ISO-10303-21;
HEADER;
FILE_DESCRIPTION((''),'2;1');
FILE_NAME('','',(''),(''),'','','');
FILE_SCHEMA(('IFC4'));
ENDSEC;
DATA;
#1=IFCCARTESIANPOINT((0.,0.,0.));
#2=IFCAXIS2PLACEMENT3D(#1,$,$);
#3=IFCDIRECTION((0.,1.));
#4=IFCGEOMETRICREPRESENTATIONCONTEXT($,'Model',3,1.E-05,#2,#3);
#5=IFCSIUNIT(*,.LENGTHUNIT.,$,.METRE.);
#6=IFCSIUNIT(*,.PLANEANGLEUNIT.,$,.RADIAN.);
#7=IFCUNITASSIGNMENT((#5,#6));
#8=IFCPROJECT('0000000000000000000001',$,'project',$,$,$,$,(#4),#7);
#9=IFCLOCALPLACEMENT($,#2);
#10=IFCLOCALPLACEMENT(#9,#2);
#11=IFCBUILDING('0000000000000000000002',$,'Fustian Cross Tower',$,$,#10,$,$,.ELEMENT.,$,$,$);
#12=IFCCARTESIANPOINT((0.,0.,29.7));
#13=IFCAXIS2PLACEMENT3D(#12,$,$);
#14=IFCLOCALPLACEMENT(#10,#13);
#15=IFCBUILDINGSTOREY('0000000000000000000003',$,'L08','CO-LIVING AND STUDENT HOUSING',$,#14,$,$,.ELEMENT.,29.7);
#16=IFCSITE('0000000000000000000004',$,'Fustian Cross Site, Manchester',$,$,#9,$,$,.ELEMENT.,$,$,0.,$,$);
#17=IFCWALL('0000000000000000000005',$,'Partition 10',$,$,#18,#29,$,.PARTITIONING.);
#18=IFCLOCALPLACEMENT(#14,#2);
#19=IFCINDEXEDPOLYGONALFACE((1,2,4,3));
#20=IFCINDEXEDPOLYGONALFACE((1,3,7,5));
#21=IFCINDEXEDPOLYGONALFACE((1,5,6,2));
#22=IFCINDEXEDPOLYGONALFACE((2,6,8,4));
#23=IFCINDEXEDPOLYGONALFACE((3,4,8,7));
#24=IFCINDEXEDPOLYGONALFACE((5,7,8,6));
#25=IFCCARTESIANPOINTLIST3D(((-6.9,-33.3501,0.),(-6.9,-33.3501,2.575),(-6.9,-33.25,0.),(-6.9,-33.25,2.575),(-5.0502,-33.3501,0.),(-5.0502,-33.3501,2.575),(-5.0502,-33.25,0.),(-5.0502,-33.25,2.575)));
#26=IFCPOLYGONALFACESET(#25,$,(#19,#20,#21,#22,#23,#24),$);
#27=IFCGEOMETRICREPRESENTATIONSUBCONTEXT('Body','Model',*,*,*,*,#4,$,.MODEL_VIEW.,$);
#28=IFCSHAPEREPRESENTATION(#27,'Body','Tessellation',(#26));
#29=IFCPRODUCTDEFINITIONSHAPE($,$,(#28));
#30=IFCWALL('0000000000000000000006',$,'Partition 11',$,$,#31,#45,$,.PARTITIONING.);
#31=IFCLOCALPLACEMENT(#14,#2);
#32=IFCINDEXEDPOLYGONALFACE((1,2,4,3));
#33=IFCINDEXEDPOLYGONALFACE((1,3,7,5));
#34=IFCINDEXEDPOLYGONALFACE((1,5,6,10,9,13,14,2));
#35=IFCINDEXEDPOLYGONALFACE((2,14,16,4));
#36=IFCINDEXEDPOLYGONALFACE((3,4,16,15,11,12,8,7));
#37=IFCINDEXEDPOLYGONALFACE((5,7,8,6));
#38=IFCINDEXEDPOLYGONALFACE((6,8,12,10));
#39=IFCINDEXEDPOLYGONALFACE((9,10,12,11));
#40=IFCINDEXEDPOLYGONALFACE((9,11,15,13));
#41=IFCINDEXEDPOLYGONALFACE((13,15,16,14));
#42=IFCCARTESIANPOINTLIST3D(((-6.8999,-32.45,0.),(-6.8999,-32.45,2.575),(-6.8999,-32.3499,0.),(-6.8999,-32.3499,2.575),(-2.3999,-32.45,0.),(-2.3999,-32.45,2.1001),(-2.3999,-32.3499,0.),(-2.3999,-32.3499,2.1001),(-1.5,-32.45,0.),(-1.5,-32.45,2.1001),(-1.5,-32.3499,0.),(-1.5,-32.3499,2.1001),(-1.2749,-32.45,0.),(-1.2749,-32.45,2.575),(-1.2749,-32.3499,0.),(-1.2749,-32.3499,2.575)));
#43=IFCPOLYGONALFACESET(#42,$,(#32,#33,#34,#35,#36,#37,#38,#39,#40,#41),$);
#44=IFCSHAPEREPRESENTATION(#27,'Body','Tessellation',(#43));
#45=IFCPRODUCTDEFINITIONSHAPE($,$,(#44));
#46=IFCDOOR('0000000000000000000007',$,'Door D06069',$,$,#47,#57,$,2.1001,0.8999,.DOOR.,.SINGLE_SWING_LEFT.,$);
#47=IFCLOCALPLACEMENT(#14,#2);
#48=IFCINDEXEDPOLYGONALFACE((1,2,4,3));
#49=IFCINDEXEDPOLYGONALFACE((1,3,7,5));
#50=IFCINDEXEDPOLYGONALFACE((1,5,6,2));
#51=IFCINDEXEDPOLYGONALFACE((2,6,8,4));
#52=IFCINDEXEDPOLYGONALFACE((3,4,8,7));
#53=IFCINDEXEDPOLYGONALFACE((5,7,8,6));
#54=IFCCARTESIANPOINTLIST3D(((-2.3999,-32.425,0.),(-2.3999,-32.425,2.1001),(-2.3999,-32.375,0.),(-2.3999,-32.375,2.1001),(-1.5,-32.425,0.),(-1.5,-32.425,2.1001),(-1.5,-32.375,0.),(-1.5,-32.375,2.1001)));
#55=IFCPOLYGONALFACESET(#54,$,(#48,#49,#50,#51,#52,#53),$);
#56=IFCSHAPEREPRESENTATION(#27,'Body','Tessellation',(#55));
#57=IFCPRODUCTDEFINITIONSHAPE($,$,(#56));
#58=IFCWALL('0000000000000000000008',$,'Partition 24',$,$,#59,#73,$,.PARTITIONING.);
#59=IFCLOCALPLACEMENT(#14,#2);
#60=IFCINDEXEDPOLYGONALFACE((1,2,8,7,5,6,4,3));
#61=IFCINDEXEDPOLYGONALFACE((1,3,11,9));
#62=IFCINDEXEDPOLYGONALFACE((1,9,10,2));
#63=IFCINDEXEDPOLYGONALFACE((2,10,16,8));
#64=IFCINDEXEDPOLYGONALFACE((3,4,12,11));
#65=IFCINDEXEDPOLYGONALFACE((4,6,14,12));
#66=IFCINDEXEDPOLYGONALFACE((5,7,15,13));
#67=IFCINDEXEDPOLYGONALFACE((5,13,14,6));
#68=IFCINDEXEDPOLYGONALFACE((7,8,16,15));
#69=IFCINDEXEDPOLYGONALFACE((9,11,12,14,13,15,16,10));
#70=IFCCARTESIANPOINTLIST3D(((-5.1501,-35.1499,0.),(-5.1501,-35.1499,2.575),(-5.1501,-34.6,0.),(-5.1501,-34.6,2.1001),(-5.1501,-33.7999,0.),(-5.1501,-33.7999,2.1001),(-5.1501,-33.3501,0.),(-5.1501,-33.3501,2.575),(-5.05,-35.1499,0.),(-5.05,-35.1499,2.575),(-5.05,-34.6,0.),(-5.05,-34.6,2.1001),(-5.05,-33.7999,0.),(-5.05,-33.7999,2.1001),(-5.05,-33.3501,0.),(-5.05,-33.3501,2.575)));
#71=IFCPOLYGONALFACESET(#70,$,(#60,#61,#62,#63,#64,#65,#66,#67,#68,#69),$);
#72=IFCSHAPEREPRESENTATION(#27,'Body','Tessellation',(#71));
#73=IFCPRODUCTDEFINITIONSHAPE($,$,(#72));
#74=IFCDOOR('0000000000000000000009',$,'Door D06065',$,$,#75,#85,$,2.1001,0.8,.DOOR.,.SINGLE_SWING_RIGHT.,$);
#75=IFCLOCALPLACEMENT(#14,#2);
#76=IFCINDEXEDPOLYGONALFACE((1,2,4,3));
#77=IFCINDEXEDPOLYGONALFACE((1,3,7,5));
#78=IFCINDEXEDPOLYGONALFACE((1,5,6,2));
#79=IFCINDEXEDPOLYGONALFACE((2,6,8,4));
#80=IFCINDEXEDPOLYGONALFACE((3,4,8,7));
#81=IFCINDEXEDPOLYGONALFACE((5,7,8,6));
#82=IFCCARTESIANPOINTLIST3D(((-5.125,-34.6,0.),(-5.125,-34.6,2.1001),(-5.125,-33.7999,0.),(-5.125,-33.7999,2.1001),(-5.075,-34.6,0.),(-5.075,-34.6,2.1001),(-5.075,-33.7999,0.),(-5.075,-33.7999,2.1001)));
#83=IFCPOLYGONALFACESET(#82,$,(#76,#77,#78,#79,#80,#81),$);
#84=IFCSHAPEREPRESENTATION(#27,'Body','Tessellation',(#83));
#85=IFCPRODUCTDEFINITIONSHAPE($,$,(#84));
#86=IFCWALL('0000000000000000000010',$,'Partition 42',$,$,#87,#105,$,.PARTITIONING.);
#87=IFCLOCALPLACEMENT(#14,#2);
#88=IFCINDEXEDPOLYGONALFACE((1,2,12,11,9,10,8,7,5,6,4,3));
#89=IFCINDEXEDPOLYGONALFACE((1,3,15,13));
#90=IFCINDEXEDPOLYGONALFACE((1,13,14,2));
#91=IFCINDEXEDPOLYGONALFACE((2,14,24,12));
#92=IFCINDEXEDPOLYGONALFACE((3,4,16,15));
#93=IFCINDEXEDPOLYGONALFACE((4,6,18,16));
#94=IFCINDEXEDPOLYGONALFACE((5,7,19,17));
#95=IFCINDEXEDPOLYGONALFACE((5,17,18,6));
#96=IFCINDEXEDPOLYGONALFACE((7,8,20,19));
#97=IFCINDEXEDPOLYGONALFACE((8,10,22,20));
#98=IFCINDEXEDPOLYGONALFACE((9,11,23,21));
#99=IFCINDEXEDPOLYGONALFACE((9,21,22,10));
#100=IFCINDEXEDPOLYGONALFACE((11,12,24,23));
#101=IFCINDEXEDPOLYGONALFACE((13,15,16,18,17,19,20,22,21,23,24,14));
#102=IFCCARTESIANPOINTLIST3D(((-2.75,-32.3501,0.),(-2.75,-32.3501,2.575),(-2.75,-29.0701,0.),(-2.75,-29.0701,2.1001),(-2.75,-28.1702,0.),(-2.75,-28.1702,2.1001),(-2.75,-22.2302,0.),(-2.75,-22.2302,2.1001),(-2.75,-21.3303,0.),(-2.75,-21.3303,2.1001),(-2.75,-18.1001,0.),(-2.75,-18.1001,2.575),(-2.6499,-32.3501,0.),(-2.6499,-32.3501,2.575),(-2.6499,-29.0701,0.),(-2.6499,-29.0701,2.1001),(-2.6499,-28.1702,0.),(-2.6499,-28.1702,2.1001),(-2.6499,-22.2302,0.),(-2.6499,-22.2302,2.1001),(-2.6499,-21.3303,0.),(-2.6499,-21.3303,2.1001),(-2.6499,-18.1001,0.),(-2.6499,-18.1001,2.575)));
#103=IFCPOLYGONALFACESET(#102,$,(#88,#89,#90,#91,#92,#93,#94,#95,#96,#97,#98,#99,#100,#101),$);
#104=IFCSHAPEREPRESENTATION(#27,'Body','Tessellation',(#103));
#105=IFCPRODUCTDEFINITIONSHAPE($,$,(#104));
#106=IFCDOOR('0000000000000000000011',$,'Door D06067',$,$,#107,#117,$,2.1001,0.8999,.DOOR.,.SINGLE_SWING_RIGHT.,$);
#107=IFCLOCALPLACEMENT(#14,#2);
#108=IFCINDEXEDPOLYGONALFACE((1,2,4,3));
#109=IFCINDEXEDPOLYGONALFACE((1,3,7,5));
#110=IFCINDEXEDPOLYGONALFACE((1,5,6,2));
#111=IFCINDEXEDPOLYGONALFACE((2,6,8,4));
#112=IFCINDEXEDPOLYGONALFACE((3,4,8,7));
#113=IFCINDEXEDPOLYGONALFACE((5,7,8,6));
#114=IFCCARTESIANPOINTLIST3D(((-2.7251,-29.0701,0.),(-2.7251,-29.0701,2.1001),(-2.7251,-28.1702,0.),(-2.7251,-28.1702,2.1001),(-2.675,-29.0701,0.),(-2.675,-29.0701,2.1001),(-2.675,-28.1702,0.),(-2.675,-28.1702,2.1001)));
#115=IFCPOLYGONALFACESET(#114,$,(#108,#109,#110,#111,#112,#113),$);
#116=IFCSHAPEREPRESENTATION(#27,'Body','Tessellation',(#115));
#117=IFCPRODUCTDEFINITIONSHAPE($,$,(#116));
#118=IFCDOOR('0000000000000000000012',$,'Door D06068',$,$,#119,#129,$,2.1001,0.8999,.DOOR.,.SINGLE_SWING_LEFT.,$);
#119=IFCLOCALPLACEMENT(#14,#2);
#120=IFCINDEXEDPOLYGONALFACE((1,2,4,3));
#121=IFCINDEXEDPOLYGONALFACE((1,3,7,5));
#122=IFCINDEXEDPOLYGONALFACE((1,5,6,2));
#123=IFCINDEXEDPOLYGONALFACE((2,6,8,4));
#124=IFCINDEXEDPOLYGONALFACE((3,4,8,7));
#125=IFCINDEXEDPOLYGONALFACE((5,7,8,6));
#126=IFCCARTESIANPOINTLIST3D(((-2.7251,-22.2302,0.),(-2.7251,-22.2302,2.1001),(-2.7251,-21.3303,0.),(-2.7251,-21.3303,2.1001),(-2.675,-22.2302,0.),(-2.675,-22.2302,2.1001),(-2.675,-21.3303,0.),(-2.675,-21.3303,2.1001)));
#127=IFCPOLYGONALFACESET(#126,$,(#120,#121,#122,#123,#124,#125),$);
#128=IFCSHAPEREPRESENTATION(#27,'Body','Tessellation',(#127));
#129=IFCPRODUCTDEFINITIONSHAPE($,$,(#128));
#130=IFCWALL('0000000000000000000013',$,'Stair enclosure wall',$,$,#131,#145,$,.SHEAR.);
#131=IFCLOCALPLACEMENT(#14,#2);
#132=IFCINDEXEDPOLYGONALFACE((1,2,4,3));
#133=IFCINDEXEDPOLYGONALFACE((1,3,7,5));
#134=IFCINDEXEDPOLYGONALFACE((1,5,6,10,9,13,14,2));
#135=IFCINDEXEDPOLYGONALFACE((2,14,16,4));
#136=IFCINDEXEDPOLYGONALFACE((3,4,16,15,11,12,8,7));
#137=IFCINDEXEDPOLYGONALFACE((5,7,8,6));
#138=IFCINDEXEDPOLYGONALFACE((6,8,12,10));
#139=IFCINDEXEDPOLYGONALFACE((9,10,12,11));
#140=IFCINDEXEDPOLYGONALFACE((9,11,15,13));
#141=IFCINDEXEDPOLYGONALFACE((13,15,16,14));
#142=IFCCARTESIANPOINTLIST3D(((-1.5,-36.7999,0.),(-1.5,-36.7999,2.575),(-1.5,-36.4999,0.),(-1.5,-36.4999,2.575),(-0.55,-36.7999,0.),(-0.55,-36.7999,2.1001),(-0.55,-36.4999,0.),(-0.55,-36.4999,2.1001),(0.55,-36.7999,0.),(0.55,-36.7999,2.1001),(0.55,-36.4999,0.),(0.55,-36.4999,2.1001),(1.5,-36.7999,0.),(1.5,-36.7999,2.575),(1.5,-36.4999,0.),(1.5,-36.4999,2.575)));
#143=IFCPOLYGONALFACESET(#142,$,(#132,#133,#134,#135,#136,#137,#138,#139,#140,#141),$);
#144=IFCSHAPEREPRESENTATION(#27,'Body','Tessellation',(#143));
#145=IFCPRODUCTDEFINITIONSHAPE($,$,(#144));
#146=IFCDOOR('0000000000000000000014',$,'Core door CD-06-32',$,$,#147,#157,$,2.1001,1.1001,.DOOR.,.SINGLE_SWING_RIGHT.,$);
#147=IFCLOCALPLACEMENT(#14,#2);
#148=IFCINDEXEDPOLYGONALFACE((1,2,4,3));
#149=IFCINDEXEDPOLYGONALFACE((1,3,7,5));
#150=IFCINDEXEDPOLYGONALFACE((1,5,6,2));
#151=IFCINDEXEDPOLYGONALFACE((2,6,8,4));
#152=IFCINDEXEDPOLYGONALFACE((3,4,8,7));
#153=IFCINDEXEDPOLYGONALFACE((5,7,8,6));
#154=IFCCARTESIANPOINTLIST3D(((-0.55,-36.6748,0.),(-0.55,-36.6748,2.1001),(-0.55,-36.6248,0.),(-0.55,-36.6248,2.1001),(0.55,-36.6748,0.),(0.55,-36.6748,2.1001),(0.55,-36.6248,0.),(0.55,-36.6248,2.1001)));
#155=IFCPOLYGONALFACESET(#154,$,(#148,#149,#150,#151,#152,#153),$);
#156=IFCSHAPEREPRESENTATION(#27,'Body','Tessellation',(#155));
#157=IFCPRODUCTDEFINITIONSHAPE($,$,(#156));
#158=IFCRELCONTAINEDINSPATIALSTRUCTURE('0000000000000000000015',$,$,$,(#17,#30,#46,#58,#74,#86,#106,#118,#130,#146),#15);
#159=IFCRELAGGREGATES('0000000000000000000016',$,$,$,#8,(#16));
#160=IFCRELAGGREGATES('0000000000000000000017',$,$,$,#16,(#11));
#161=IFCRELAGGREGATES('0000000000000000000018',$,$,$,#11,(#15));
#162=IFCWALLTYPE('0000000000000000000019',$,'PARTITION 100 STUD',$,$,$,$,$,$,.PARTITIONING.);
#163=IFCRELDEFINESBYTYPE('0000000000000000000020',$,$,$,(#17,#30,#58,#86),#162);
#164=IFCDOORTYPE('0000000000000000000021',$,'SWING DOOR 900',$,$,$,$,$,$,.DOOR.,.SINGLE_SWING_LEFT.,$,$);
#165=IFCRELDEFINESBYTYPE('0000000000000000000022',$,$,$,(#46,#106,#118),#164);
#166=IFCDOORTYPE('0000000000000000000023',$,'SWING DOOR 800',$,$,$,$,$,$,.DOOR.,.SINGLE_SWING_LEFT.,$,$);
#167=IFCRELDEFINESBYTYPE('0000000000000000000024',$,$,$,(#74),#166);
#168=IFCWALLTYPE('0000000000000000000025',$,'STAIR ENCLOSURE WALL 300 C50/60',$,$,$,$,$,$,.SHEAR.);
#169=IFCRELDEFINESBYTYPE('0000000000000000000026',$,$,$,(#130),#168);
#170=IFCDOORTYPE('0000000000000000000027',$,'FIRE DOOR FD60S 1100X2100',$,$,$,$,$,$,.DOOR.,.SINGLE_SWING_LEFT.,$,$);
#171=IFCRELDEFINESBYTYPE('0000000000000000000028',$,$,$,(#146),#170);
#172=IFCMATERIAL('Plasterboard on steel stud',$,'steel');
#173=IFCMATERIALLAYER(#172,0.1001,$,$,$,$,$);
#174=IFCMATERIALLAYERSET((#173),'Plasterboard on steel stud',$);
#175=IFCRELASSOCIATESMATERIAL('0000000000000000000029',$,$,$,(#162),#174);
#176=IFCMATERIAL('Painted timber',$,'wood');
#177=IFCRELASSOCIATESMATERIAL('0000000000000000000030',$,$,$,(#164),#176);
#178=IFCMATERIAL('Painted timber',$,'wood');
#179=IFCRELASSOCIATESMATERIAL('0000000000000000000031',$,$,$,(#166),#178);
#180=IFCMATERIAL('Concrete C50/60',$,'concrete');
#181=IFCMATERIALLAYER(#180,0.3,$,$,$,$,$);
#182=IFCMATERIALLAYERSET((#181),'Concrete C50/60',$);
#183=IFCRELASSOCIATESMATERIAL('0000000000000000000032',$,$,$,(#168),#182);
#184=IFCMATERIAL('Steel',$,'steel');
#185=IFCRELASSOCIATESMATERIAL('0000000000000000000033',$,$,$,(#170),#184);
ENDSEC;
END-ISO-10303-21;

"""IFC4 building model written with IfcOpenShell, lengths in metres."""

from ifc_helpers import new_model, si_unit, direction, frame, frame_2d, origin, place, context, subcontext, project, spatial, rectangle, extrude, material, layer, layer_set, type_object, element, fill, save


model = new_model("IFC4")

# Units and contexts
model_context = context("Model", 3, precision=1e-05, world=origin(), true_north=direction((0.0, 1.0)))
body_context = subcontext(model_context, "Body", "Model", "MODEL_VIEW")
ifc_project = project(units=[si_unit("LENGTHUNIT", "METRE"), si_unit("PLANEANGLEUNIT", "RADIAN")], contexts=[model_context])

# Site, building, storey
site_placement = place(None, origin())
site = spatial("IfcSite", under=ifc_project, at=site_placement, Name="Fustian Cross Site, Manchester", CompositionType="ELEMENT", RefElevation=0.0)
building_placement = place(site_placement, origin())
building = spatial("IfcBuilding", under=site, at=building_placement, Name="Fustian Cross Tower", CompositionType="ELEMENT")
storey_placement = place(building_placement, frame((0.0, 0.0, 29.7)))
storey = spatial("IfcBuildingStorey", under=building, at=storey_placement, Name="L08", Description="CO-LIVING AND STUDENT HOUSING", CompositionType="ELEMENT", Elevation=29.7)

# Wall
ifc_material_1 = material(Name="Plasterboard on steel stud", Category="steel")
ifc_layer_1 = layer(ifc_material_1, 0.1001)
ifc_layer_set_1 = layer_set([ifc_layer_1], Name="Plasterboard on steel stud")
wall_type_1 = type_object("IfcWallType", Name="PARTITION 100 STUD", PredefinedType="PARTITIONING", material=ifc_layer_set_1)
wall_1_placement = place(storey_placement, frame((-6.8999, -33.3, 0.0), z_axis=(0.0, 0.0, 1.0), x_axis=(1.0, 0.0, 0.0)))
element("IfcWall", 1, at=wall_1_placement, inside=storey, type_object=wall_type_1, Name="Partition 10", PredefinedType="PARTITIONING", context=body_context, shape_type="SweptSolid", body=[
    extrude(rectangle(XDim=1.8499, YDim=0.1001, at=frame_2d((0.9248, 0.0))), origin(), (0.0, 0.0, 1.0), 2.575),
])

# Walls, openings, doors
wall_2_placement = place(storey_placement, frame((-6.8999, -32.3999, 0.0), z_axis=(0.0, 0.0, 1.0), x_axis=(1.0, 0.0, 0.0)))
wall_2 = element("IfcWall", 2, at=wall_2_placement, inside=storey, type_object=wall_type_1, Name="Partition 11", PredefinedType="PARTITIONING", context=body_context, shape_type="SweptSolid", body=[
    extrude(rectangle(XDim=5.625, YDim=0.1001, at=frame_2d((2.8125, 0.0))), origin(), (0.0, 0.0, 1.0), 2.575),
])
opening_1_placement = place(wall_2_placement, frame((4.5, 0.0, 0.0)))
opening_1 = element("IfcOpeningElement", 3, at=opening_1_placement, cuts=wall_2, PredefinedType="OPENING", context=body_context, shape_type="SweptSolid", body=[
    extrude(rectangle(XDim=0.8999, YDim=2.1001, at=frame_2d((0.45, 1.05))), frame((0.0, 0.0601, 0.0), z_axis=(0.0, -1.0, 0.0), x_axis=(1.0, 0.0, 0.0)), (0.0, 0.0, 1.0), 0.1201),
])
ifc_material_2 = material(Name="Painted timber", Category="wood")
door_type_1 = type_object("IfcDoorType", Name="SWING DOOR 900", OperationType="SINGLE_SWING_LEFT", PredefinedType="DOOR", material=ifc_material_2)
door_1_placement = place(opening_1_placement, origin())
door_1 = element("IfcDoor", 4, at=door_1_placement, inside=storey, type_object=door_type_1, Name="Door D06069", OperationType="SINGLE_SWING_LEFT", OverallHeight=2.1001, OverallWidth=0.8999, PredefinedType="DOOR", context=body_context, shape_type="SweptSolid", body=[
    extrude(rectangle(XDim=0.8999, YDim=2.1001, at=frame_2d((0.45, 1.05))), frame((0.0, 0.0249, 0.0), z_axis=(0.0, -1.0, 0.0), x_axis=(1.0, 0.0, 0.0)), (0.0, 0.0, 1.0), 0.05),
])
fill(opening_1, door_1)
wall_3_placement = place(storey_placement, frame((-5.1001, -35.1499, 0.0), z_axis=(0.0, 0.0, 1.0), x_axis=(0.0, 1.0, 0.0)))
wall_3 = element("IfcWall", 5, at=wall_3_placement, inside=storey, type_object=wall_type_1, Name="Partition 24", PredefinedType="PARTITIONING", context=body_context, shape_type="SweptSolid", body=[
    extrude(rectangle(XDim=1.7998, YDim=0.1001, at=frame_2d((0.8999, 0.0))), origin(), (0.0, 0.0, 1.0), 2.575),
])
opening_2_placement = place(wall_3_placement, frame((0.55, 0.0, 0.0)))
opening_2 = element("IfcOpeningElement", 6, at=opening_2_placement, cuts=wall_3, PredefinedType="OPENING", context=body_context, shape_type="SweptSolid", body=[
    extrude(rectangle(XDim=0.8, YDim=2.1001, at=frame_2d((0.3999, 1.05))), frame((0.0, 0.0601, 0.0), z_axis=(0.0, -1.0, 0.0), x_axis=(1.0, 0.0, 0.0)), (0.0, 0.0, 1.0), 0.1201),
])
ifc_material_3 = material(Name="Painted timber", Category="wood")
door_type_2 = type_object("IfcDoorType", Name="SWING DOOR 800", OperationType="SINGLE_SWING_LEFT", PredefinedType="DOOR", material=ifc_material_3)
door_2_placement = place(opening_2_placement, origin())
door_2 = element("IfcDoor", 7, at=door_2_placement, inside=storey, type_object=door_type_2, Name="Door D06065", OperationType="SINGLE_SWING_RIGHT", OverallHeight=2.1001, OverallWidth=0.8, PredefinedType="DOOR", context=body_context, shape_type="SweptSolid", body=[
    extrude(rectangle(XDim=0.8, YDim=2.1001, at=frame_2d((0.3999, 1.05))), frame((0.0, 0.0249, 0.0), z_axis=(0.0, -1.0, 0.0), x_axis=(1.0, 0.0, 0.0)), (0.0, 0.0, 1.0), 0.05),
])
fill(opening_2, door_2)

# Wall, openings, doors
wall_4_placement = place(storey_placement, frame((-2.7, -32.3501, 0.0), z_axis=(0.0, 0.0, 1.0), x_axis=(0.0, 1.0, 0.0)))
wall_4 = element("IfcWall", 8, at=wall_4_placement, inside=storey, type_object=wall_type_1, Name="Partition 42", PredefinedType="PARTITIONING", context=body_context, shape_type="SweptSolid", body=[
    extrude(rectangle(XDim=14.25, YDim=0.1001, at=frame_2d((7.125, 0.0))), origin(), (0.0, 0.0, 1.0), 2.575),
])
opening_3_placement = place(wall_4_placement, frame((3.28, 0.0, 0.0)))
opening_3 = element("IfcOpeningElement", 9, at=opening_3_placement, cuts=wall_4, PredefinedType="OPENING", context=body_context, shape_type="SweptSolid", body=[
    extrude(rectangle(XDim=0.8999, YDim=2.1001, at=frame_2d((0.45, 1.05))), frame((0.0, 0.0601, 0.0), z_axis=(0.0, -1.0, 0.0), x_axis=(1.0, 0.0, 0.0)), (0.0, 0.0, 1.0), 0.1201),
])
opening_4_placement = place(wall_4_placement, frame((10.1199, 0.0, 0.0)))
opening_4 = element("IfcOpeningElement", 10, at=opening_4_placement, cuts=wall_4, PredefinedType="OPENING", context=body_context, shape_type="SweptSolid", body=[
    extrude(rectangle(XDim=0.8999, YDim=2.1001, at=frame_2d((0.45, 1.05))), frame((0.0, 0.0601, 0.0), z_axis=(0.0, -1.0, 0.0), x_axis=(1.0, 0.0, 0.0)), (0.0, 0.0, 1.0), 0.1201),
])
door_3_placement = place(opening_3_placement, frame((0.8999, 0.0, 0.0), z_axis=(0.0, 0.0, 1.0), x_axis=(-1.0, 0.0, 0.0)))
door_3 = element("IfcDoor", 11, at=door_3_placement, inside=storey, type_object=door_type_1, Name="Door D06067", OperationType="SINGLE_SWING_RIGHT", OverallHeight=2.1001, OverallWidth=0.8999, PredefinedType="DOOR", context=body_context, shape_type="SweptSolid", body=[
    extrude(rectangle(XDim=0.8999, YDim=2.1001, at=frame_2d((0.45, 1.05))), frame((0.0, 0.0249, 0.0), z_axis=(0.0, -1.0, 0.0), x_axis=(1.0, 0.0, 0.0)), (0.0, 0.0, 1.0), 0.05),
])
fill(opening_3, door_3)
door_4_placement = place(opening_4_placement, frame((0.8999, 0.0, 0.0), z_axis=(0.0, 0.0, 1.0), x_axis=(-1.0, 0.0, 0.0)))
door_4 = element("IfcDoor", 12, at=door_4_placement, inside=storey, type_object=door_type_1, Name="Door D06068", OperationType="SINGLE_SWING_LEFT", OverallHeight=2.1001, OverallWidth=0.8999, PredefinedType="DOOR", context=body_context, shape_type="SweptSolid", body=[
    extrude(rectangle(XDim=0.8999, YDim=2.1001, at=frame_2d((0.45, 1.05))), frame((0.0, 0.0249, 0.0), z_axis=(0.0, -1.0, 0.0), x_axis=(1.0, 0.0, 0.0)), (0.0, 0.0, 1.0), 0.05),
])
fill(opening_4, door_4)

# Wall, opening, door
ifc_material_4 = material(Name="Concrete C50/60", Category="concrete")
ifc_layer_2 = layer(ifc_material_4, 0.3)
ifc_layer_set_2 = layer_set([ifc_layer_2], Name="Concrete C50/60")
wall_type_2 = type_object("IfcWallType", Name="STAIR ENCLOSURE WALL 300 C50/60", PredefinedType="SHEAR", material=ifc_layer_set_2)
wall_5_placement = place(storey_placement, frame((-1.5, -36.6499, 0.0), z_axis=(0.0, 0.0, 1.0), x_axis=(1.0, 0.0, 0.0)))
wall_5 = element("IfcWall", 13, at=wall_5_placement, inside=storey, type_object=wall_type_2, Name="Stair enclosure wall", PredefinedType="SHEAR", context=body_context, shape_type="SweptSolid", body=[
    extrude(rectangle(XDim=3.0, YDim=0.3, at=frame_2d((1.5, 0.0))), origin(), (0.0, 0.0, 1.0), 2.575),
])
opening_5_placement = place(wall_5_placement, frame((0.95, 0.0, 0.0)))
opening_5 = element("IfcOpeningElement", 14, at=opening_5_placement, cuts=wall_5, PredefinedType="OPENING", context=body_context, shape_type="SweptSolid", body=[
    extrude(rectangle(XDim=1.1001, YDim=2.1001, at=frame_2d((0.55, 1.05))), frame((0.0, 0.1599, 0.0), z_axis=(0.0, -1.0, 0.0), x_axis=(1.0, 0.0, 0.0)), (0.0, 0.0, 1.0), 0.3201),
])
ifc_material_5 = material(Name="Steel", Category="steel")
door_type_3 = type_object("IfcDoorType", Name="FIRE DOOR FD60S 1100X2100", OperationType="SINGLE_SWING_LEFT", PredefinedType="DOOR", material=ifc_material_5)
door_5_placement = place(opening_5_placement, frame((1.1001, 0.0, 0.0), z_axis=(0.0, 0.0, 1.0), x_axis=(-1.0, 0.0, 0.0)))
door_5 = element("IfcDoor", 15, at=door_5_placement, inside=storey, type_object=door_type_3, Name="Core door CD-06-32", OperationType="SINGLE_SWING_RIGHT", OverallHeight=2.1001, OverallWidth=1.1001, PredefinedType="DOOR", context=body_context, shape_type="SweptSolid", body=[
    extrude(rectangle(XDim=1.1001, YDim=2.1001, at=frame_2d((0.55, 1.05))), frame((0.0, 0.0249, 0.0), z_axis=(0.0, -1.0, 0.0), x_axis=(1.0, 0.0, 0.0)), (0.0, 0.0, 1.0), 0.05),
])
fill(opening_5, door_5)

save(model, "model.ifc")
